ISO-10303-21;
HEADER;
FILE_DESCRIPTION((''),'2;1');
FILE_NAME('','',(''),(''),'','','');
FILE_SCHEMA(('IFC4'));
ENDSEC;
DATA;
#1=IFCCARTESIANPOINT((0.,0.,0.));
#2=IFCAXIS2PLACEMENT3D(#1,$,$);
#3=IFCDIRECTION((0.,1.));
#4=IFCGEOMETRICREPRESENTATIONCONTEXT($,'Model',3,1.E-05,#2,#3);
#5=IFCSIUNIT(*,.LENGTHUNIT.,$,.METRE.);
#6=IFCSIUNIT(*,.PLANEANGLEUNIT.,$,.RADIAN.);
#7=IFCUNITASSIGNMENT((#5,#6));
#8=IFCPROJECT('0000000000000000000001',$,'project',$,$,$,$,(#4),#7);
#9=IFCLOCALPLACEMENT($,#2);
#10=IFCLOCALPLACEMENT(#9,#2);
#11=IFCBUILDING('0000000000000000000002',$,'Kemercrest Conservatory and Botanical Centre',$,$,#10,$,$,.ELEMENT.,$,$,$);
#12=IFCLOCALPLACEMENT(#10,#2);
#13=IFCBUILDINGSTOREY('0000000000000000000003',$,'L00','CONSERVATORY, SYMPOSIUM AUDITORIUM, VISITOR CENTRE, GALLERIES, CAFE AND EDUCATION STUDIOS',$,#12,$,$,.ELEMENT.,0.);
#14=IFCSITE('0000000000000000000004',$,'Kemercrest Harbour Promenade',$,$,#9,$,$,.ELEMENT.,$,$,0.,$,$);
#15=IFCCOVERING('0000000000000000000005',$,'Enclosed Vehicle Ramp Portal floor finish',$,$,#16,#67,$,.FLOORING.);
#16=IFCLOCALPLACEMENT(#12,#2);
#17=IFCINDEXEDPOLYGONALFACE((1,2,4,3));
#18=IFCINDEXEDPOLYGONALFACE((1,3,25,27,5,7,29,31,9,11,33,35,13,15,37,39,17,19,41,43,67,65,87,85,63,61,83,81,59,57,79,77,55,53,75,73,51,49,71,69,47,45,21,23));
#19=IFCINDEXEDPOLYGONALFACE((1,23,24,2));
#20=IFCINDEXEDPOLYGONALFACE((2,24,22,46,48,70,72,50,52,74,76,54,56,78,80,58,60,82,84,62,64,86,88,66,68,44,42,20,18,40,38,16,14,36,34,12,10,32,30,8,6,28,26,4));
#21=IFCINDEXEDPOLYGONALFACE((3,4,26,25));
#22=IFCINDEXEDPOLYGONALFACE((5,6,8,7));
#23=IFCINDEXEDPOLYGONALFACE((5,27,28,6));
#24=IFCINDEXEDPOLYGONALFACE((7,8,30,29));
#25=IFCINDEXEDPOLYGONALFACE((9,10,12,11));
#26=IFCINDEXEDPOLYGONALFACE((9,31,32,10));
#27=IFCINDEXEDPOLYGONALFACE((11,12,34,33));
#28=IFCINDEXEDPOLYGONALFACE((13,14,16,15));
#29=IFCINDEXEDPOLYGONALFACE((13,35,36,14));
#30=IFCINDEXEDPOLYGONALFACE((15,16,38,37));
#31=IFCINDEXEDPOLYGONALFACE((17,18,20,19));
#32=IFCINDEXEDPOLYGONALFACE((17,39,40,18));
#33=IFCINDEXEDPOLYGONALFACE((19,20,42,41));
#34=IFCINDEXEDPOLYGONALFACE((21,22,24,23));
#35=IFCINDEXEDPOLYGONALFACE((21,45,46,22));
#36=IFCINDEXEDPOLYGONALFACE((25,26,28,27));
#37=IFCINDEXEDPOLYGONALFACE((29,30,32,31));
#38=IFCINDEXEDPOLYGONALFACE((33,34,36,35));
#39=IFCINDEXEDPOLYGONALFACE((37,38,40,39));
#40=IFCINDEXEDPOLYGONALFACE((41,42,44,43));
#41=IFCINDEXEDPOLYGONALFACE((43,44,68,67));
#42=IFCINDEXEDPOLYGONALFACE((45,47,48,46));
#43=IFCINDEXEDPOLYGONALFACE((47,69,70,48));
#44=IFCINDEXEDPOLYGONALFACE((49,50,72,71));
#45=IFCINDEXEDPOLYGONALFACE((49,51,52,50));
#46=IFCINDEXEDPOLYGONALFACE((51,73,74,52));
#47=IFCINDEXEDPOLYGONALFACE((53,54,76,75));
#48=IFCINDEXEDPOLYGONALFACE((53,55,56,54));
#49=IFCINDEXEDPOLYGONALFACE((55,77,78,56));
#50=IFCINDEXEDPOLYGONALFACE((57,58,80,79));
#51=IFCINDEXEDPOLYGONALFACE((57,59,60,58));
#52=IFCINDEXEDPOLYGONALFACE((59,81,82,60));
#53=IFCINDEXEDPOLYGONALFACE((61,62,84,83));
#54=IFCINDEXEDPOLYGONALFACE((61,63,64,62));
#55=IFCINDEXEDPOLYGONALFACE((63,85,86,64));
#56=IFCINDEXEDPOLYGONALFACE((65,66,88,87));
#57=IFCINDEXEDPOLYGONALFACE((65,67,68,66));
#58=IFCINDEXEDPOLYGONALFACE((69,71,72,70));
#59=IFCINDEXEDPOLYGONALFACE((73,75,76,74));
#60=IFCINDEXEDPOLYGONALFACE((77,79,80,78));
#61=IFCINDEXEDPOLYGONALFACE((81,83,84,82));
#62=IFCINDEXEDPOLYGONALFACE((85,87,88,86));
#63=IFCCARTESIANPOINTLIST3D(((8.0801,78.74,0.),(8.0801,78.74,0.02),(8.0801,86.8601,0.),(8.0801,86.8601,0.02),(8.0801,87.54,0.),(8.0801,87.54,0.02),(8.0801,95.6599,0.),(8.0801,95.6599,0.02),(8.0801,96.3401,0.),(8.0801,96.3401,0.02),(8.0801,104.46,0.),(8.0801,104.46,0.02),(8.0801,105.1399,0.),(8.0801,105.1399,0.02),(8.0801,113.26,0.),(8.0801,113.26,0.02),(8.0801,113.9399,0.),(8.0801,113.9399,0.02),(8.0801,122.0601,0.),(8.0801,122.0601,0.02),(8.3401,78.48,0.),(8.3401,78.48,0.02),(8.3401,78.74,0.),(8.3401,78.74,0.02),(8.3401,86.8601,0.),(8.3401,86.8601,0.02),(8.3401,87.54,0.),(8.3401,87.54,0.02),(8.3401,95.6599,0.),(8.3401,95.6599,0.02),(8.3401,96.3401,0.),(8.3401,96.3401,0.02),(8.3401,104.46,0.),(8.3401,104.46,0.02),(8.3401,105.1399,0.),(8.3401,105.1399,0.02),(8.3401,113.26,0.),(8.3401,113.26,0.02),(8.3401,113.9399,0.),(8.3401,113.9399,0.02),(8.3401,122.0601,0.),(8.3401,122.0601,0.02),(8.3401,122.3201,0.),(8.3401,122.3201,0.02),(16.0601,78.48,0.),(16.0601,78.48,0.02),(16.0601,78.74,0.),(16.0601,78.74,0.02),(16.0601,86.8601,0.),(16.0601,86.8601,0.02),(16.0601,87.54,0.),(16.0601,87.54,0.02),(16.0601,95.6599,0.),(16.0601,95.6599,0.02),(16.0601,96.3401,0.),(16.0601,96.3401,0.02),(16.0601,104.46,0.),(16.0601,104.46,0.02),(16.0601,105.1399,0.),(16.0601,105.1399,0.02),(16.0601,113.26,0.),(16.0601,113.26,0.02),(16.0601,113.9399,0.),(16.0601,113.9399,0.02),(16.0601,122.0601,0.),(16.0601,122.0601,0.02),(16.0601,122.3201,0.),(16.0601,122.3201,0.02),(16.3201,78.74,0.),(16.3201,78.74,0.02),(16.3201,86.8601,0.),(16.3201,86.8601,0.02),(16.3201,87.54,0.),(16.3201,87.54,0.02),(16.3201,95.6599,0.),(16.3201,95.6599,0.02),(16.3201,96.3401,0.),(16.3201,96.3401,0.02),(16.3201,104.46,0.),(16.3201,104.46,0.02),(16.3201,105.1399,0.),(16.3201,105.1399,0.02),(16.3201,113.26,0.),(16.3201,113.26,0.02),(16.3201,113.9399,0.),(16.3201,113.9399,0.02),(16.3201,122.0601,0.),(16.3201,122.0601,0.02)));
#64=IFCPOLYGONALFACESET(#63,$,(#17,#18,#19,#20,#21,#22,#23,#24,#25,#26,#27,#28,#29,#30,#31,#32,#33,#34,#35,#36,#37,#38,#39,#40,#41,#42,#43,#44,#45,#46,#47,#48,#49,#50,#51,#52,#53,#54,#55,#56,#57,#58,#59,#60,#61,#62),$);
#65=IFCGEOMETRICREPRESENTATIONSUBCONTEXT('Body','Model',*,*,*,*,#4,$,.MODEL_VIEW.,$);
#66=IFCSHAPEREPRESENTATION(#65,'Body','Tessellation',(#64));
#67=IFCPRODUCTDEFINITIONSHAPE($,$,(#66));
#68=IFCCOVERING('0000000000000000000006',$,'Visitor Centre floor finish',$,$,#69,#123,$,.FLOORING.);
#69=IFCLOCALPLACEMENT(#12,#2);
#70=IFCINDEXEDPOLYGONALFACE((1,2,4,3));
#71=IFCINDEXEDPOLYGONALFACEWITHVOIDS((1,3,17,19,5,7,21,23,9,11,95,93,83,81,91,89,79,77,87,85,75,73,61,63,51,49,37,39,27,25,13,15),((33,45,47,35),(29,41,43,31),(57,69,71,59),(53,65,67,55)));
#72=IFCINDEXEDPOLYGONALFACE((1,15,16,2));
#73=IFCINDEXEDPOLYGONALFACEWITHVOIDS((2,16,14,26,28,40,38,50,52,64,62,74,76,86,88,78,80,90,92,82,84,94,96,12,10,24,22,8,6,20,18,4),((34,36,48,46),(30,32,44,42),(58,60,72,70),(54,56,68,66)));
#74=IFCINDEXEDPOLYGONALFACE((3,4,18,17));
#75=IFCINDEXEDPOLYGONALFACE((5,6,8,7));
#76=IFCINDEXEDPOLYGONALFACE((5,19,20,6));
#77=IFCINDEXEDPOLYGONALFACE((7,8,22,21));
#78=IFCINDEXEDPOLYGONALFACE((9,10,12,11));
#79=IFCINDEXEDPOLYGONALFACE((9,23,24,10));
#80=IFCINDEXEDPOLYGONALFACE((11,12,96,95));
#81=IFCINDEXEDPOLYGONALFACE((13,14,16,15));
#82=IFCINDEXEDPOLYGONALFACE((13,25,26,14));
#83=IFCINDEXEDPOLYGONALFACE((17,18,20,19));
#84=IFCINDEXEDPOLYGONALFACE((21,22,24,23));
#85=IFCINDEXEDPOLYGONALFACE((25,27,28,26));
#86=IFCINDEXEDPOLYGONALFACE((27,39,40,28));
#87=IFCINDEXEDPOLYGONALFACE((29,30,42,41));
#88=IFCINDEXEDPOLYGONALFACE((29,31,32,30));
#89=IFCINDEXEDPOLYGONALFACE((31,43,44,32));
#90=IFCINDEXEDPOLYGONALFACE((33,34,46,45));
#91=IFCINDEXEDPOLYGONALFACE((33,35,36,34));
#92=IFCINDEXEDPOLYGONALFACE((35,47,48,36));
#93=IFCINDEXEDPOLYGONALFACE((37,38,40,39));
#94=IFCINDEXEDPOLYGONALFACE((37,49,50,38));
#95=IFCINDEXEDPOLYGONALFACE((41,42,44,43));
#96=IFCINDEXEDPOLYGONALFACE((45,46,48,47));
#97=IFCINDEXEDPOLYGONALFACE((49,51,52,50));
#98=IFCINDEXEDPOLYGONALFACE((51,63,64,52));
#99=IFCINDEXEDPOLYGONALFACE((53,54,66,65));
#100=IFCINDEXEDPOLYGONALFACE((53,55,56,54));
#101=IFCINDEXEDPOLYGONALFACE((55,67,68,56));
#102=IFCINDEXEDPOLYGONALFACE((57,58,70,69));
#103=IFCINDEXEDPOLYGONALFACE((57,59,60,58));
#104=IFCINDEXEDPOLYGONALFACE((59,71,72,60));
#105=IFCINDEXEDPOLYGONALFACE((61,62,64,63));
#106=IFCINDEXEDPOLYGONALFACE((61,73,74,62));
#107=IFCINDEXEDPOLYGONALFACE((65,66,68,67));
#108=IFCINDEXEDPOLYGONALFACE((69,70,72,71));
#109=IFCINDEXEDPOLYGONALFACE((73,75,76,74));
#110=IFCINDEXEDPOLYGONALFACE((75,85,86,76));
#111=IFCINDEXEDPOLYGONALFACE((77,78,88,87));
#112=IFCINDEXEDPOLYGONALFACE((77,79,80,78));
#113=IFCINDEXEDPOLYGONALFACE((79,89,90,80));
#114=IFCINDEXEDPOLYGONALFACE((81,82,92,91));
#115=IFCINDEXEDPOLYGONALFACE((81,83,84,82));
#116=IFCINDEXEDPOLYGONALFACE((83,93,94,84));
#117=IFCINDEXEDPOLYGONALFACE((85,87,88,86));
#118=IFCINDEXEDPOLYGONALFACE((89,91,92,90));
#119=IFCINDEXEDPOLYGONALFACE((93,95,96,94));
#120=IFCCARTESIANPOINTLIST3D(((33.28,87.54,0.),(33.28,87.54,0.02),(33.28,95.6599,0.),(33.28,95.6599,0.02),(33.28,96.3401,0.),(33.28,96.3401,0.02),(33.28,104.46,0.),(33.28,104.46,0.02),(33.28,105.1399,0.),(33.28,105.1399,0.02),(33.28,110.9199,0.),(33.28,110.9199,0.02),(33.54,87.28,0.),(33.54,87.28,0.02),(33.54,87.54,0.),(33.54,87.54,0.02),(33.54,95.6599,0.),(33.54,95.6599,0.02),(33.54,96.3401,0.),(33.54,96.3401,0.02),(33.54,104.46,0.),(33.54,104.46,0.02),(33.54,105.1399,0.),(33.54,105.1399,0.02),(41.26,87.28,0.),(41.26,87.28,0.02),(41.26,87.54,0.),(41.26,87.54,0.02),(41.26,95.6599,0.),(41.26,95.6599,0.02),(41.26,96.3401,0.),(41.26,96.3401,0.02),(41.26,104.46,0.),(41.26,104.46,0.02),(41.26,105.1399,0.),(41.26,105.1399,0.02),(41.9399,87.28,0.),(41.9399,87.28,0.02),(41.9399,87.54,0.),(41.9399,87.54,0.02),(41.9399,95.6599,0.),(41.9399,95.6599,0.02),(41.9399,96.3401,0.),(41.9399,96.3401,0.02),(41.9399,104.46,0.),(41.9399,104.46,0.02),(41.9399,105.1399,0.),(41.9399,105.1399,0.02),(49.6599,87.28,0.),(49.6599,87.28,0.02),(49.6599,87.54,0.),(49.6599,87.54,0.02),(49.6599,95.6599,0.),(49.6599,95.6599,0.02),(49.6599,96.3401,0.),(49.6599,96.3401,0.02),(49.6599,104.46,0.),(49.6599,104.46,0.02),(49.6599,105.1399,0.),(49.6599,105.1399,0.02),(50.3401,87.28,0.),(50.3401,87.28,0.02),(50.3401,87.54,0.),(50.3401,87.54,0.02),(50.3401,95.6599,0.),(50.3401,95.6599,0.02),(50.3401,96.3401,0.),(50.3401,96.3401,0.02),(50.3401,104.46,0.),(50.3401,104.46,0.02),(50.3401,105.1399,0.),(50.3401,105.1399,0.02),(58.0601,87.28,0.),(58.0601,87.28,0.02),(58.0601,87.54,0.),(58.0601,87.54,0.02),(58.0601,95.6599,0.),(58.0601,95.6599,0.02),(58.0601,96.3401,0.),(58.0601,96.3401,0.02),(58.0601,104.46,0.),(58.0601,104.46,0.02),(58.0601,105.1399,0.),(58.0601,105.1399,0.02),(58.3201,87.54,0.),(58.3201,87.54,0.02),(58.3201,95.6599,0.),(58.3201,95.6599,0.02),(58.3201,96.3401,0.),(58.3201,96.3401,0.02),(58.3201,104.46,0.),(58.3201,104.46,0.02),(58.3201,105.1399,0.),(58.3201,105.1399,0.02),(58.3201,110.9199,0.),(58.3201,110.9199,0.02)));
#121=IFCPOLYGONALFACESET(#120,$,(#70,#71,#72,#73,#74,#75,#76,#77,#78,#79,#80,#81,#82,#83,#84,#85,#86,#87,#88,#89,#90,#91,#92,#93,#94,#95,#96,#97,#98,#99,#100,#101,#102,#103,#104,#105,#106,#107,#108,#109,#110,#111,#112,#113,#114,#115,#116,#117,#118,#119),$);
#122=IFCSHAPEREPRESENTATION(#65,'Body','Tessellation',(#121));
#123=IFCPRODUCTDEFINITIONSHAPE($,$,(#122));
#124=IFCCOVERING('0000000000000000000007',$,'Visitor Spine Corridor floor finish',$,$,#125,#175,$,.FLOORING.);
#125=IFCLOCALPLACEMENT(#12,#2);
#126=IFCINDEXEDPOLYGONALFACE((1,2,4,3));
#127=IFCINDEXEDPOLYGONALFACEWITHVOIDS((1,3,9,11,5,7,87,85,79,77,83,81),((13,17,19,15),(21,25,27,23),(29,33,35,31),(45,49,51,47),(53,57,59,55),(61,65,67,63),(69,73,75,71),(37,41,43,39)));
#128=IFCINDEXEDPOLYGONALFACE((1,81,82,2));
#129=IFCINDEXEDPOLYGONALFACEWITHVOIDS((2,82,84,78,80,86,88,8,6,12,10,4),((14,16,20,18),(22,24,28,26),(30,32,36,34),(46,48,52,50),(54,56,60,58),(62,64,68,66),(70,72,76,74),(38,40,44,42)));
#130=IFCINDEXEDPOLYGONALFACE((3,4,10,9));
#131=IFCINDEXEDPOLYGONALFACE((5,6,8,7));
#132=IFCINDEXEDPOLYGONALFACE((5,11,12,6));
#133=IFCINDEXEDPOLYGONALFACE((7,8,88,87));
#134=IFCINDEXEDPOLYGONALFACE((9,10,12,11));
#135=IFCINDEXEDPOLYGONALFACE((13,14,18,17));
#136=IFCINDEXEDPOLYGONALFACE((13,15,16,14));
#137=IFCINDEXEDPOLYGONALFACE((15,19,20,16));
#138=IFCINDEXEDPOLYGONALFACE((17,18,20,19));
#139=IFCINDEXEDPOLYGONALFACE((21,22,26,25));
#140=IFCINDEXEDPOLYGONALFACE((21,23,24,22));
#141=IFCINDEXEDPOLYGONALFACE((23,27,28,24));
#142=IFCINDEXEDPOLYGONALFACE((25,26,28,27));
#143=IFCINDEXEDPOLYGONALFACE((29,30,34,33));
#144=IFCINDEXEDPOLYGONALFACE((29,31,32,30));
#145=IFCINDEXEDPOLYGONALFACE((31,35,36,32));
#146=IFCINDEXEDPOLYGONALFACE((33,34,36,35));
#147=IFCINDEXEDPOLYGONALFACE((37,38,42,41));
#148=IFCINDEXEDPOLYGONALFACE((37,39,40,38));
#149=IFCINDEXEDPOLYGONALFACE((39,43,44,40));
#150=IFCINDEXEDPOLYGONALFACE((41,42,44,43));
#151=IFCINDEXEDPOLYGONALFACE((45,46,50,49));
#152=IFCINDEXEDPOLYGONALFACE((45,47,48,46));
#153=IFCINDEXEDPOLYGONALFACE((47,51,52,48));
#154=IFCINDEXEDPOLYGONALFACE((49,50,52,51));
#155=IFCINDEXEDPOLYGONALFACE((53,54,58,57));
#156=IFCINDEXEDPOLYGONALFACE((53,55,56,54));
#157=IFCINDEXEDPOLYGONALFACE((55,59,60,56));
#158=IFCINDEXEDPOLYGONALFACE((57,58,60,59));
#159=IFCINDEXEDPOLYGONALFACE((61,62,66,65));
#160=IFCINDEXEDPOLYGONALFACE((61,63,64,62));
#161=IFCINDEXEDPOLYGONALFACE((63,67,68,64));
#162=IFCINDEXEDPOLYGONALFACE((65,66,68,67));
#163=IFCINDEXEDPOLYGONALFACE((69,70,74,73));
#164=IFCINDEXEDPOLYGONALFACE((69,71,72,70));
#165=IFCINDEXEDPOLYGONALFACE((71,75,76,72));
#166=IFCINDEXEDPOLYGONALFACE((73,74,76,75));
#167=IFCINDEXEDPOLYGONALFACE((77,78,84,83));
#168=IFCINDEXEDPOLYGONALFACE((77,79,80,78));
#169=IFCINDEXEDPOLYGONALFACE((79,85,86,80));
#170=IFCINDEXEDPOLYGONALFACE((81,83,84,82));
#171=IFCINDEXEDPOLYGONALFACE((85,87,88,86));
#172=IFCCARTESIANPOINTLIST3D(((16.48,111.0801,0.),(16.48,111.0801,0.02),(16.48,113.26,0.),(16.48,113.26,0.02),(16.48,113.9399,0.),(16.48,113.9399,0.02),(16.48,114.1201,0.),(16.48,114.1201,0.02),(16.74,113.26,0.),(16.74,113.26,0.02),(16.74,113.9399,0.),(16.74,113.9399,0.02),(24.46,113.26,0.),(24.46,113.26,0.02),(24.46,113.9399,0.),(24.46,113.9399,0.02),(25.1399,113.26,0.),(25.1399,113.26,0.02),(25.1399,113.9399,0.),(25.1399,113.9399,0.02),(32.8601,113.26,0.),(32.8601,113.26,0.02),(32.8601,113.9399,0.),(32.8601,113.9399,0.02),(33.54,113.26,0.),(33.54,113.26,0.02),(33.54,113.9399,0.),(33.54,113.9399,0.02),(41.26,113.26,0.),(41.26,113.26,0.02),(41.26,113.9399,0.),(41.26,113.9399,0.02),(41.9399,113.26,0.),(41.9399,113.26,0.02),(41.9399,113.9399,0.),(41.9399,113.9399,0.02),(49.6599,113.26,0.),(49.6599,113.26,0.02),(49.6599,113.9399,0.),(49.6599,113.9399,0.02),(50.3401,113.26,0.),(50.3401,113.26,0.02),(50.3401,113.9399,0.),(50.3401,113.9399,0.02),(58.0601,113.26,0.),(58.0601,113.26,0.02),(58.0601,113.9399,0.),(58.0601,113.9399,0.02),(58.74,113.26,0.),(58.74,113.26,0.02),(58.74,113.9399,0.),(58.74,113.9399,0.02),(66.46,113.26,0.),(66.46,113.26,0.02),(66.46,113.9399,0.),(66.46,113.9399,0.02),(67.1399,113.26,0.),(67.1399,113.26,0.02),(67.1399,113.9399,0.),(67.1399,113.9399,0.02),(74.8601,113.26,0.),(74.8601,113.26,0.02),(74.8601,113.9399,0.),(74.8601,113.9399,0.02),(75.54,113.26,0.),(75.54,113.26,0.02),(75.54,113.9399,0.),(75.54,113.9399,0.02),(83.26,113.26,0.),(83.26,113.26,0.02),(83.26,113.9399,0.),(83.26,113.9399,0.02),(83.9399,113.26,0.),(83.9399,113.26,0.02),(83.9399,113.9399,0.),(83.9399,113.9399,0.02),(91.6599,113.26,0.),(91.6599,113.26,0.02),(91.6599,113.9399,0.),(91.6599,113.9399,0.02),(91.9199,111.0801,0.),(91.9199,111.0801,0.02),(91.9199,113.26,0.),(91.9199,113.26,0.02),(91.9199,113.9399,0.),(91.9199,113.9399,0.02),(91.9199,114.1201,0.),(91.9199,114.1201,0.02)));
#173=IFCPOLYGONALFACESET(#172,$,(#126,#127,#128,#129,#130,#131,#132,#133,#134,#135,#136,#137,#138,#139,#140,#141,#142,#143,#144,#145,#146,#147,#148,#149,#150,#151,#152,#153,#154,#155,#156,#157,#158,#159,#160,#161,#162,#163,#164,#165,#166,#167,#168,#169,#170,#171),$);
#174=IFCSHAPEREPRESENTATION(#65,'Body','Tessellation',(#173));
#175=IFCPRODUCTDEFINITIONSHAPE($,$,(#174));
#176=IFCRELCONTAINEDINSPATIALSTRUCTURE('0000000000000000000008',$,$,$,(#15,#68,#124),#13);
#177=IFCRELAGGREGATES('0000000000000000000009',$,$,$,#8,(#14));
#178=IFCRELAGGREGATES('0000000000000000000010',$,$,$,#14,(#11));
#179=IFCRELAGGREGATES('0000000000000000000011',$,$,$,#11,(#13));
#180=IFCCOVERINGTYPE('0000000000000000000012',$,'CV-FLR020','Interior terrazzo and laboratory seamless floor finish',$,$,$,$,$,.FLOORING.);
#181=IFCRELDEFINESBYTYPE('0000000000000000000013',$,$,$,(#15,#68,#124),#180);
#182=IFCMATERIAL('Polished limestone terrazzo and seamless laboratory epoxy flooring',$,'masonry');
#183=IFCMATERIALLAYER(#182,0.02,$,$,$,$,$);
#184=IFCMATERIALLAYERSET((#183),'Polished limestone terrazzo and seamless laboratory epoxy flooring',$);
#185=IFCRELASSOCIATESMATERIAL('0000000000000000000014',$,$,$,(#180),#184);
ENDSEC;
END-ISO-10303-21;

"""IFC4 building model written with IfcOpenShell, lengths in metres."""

from ifc_helpers import new_model, si_unit, direction, origin, place, context, subcontext, project, spatial, polyline, outline, extrude, material, layer, layer_set, type_object, element, save


model = new_model("IFC4")

# Units and contexts
model_context = context("Model", 3, precision=1e-05, world=origin(), true_north=direction((0.0, 1.0)))
body_context = subcontext(model_context, "Body", "Model", "MODEL_VIEW")
ifc_project = project(units=[si_unit("LENGTHUNIT", "METRE"), si_unit("PLANEANGLEUNIT", "RADIAN")], contexts=[model_context])

# Site, building, storey
site_placement = place(None, origin())
site = spatial("IfcSite", under=ifc_project, at=site_placement, Name="Kemercrest Harbour Promenade", CompositionType="ELEMENT", RefElevation=0.0)
building_placement = place(site_placement, origin())
building = spatial("IfcBuilding", under=site, at=building_placement, Name="Kemercrest Conservatory and Botanical Centre", CompositionType="ELEMENT")
storey_placement = place(building_placement, origin())
storey = spatial("IfcBuildingStorey", under=building, at=storey_placement, Name="L00", Description="CONSERVATORY, SYMPOSIUM AUDITORIUM, VISITOR CENTRE, GALLERIES, CAFE AND EDUCATION STUDIOS", CompositionType="ELEMENT", Elevation=0.0)

# Coverings
ifc_material = material(Name="Polished limestone terrazzo and seamless laboratory epoxy flooring", Category="masonry")
ifc_layer = layer(ifc_material, 0.02)
ifc_layer_set = layer_set([ifc_layer], Name="Polished limestone terrazzo and seamless laboratory epoxy flooring")
covering_type = type_object("IfcCoveringType", Name="CV-FLR020", Description="Interior terrazzo and laboratory seamless floor finish", PredefinedType="FLOORING", material=ifc_layer_set)
covering_1_placement = place(storey_placement, origin())
element("IfcCovering", 1, at=covering_1_placement, inside=storey, type_object=covering_type, Name="Enclosed Vehicle Ramp Portal floor finish", PredefinedType="FLOORING", context=body_context, shape_type="SweptSolid", body=[
    extrude(outline(polyline([(8.3401, 78.48), (16.0601, 78.48), (16.0601, 78.74), (16.3201, 78.74), (16.3201, 86.8601), (16.0601, 86.8601), (16.0601, 87.54), (16.3201, 87.54), (16.3201, 95.6599), (16.0601, 95.6599), (16.0601, 96.3401), (16.3201, 96.3401), (16.3201, 104.46), (16.0601, 104.46), (16.0601, 105.1399), (16.3201, 105.1399), (16.3201, 113.26), (16.0601, 113.26), (16.0601, 113.9399), (16.3201, 113.9399), (16.3201, 122.0601), (16.0601, 122.0601), (16.0601, 122.3201), (8.3401, 122.3201), (8.3401, 122.0601), (8.0801, 122.0601), (8.0801, 113.9399), (8.3401, 113.9399), (8.3401, 113.26), (8.0801, 113.26), (8.0801, 105.1399), (8.3401, 105.1399), (8.3401, 104.46), (8.0801, 104.46), (8.0801, 96.3401), (8.3401, 96.3401), (8.3401, 95.6599), (8.0801, 95.6599), (8.0801, 87.54), (8.3401, 87.54), (8.3401, 86.8601), (8.0801, 86.8601), (8.0801, 78.74), (8.3401, 78.74), (8.3401, 78.48)])), origin(), (0.0, 0.0, 1.0), 0.02),
])
covering_2_placement = place(storey_placement, origin())
element("IfcCovering", 2, at=covering_2_placement, inside=storey, type_object=covering_type, Name="Visitor Centre floor finish", PredefinedType="FLOORING", context=body_context, shape_type="SweptSolid", body=[
    extrude(outline(polyline([(49.6599, 87.54), (50.3401, 87.54), (50.3401, 87.28), (58.0601, 87.28), (58.0601, 87.54), (58.3201, 87.54), (58.3201, 95.6599), (58.0601, 95.6599), (58.0601, 96.3401), (58.3201, 96.3401), (58.3201, 104.46), (58.0601, 104.46), (58.0601, 105.1399), (58.3201, 105.1399), (58.3201, 110.9199), (33.28, 110.9199), (33.28, 105.1399), (33.54, 105.1399), (33.54, 104.46), (33.28, 104.46), (33.28, 96.3401), (33.54, 96.3401), (33.54, 95.6599), (33.28, 95.6599), (33.28, 87.54), (33.54, 87.54), (33.54, 87.28), (41.26, 87.28), (41.26, 87.54), (41.9399, 87.54), (41.9399, 87.28), (49.6599, 87.28), (49.6599, 87.54)]), holes=[polyline([(49.6599, 95.6599), (49.6599, 96.3401), (50.3401, 96.3401), (50.3401, 95.6599), (49.6599, 95.6599)]), polyline([(49.6599, 104.46), (49.6599, 105.1399), (50.3401, 105.1399), (50.3401, 104.46), (49.6599, 104.46)]), polyline([(41.26, 95.6599), (41.26, 96.3401), (41.9399, 96.3401), (41.9399, 95.6599), (41.26, 95.6599)]), polyline([(41.26, 104.46), (41.26, 105.1399), (41.9399, 105.1399), (41.9399, 104.46), (41.26, 104.46)])]), origin(), (0.0, 0.0, 1.0), 0.02),
])
covering_3_placement = place(storey_placement, origin())
element("IfcCovering", 3, at=covering_3_placement, inside=storey, type_object=covering_type, Name="Visitor Spine Corridor floor finish", PredefinedType="FLOORING", context=body_context, shape_type="SweptSolid", body=[
    extrude(outline(polyline([(16.74, 113.26), (16.48, 113.26), (16.48, 111.0801), (91.9199, 111.0801), (91.9199, 113.26), (91.6599, 113.26), (91.6599, 113.9399), (91.9199, 113.9399), (91.9199, 114.1201), (16.48, 114.1201), (16.48, 113.9399), (16.74, 113.9399), (16.74, 113.26)]), holes=[polyline([(83.26, 113.26), (83.26, 113.9399), (83.9399, 113.9399), (83.9399, 113.26), (83.26, 113.26)]), polyline([(74.8601, 113.26), (74.8601, 113.9399), (75.54, 113.9399), (75.54, 113.26), (74.8601, 113.26)]), polyline([(66.46, 113.26), (66.46, 113.9399), (67.1399, 113.9399), (67.1399, 113.26), (66.46, 113.26)]), polyline([(58.0601, 113.26), (58.0601, 113.9399), (58.74, 113.9399), (58.74, 113.26), (58.0601, 113.26)]), polyline([(49.6599, 113.26), (49.6599, 113.9399), (50.3401, 113.9399), (50.3401, 113.26), (49.6599, 113.26)]), polyline([(41.9399, 113.26), (41.26, 113.26), (41.26, 113.9399), (41.9399, 113.9399), (41.9399, 113.26)]), polyline([(32.8601, 113.26), (32.8601, 113.9399), (33.54, 113.9399), (33.54, 113.26), (32.8601, 113.26)]), polyline([(24.46, 113.26), (24.46, 113.9399), (25.1399, 113.9399), (25.1399, 113.26), (24.46, 113.26)])]), origin(), (0.0, 0.0, 1.0), 0.02),
])

save(model, "model.ifc")
